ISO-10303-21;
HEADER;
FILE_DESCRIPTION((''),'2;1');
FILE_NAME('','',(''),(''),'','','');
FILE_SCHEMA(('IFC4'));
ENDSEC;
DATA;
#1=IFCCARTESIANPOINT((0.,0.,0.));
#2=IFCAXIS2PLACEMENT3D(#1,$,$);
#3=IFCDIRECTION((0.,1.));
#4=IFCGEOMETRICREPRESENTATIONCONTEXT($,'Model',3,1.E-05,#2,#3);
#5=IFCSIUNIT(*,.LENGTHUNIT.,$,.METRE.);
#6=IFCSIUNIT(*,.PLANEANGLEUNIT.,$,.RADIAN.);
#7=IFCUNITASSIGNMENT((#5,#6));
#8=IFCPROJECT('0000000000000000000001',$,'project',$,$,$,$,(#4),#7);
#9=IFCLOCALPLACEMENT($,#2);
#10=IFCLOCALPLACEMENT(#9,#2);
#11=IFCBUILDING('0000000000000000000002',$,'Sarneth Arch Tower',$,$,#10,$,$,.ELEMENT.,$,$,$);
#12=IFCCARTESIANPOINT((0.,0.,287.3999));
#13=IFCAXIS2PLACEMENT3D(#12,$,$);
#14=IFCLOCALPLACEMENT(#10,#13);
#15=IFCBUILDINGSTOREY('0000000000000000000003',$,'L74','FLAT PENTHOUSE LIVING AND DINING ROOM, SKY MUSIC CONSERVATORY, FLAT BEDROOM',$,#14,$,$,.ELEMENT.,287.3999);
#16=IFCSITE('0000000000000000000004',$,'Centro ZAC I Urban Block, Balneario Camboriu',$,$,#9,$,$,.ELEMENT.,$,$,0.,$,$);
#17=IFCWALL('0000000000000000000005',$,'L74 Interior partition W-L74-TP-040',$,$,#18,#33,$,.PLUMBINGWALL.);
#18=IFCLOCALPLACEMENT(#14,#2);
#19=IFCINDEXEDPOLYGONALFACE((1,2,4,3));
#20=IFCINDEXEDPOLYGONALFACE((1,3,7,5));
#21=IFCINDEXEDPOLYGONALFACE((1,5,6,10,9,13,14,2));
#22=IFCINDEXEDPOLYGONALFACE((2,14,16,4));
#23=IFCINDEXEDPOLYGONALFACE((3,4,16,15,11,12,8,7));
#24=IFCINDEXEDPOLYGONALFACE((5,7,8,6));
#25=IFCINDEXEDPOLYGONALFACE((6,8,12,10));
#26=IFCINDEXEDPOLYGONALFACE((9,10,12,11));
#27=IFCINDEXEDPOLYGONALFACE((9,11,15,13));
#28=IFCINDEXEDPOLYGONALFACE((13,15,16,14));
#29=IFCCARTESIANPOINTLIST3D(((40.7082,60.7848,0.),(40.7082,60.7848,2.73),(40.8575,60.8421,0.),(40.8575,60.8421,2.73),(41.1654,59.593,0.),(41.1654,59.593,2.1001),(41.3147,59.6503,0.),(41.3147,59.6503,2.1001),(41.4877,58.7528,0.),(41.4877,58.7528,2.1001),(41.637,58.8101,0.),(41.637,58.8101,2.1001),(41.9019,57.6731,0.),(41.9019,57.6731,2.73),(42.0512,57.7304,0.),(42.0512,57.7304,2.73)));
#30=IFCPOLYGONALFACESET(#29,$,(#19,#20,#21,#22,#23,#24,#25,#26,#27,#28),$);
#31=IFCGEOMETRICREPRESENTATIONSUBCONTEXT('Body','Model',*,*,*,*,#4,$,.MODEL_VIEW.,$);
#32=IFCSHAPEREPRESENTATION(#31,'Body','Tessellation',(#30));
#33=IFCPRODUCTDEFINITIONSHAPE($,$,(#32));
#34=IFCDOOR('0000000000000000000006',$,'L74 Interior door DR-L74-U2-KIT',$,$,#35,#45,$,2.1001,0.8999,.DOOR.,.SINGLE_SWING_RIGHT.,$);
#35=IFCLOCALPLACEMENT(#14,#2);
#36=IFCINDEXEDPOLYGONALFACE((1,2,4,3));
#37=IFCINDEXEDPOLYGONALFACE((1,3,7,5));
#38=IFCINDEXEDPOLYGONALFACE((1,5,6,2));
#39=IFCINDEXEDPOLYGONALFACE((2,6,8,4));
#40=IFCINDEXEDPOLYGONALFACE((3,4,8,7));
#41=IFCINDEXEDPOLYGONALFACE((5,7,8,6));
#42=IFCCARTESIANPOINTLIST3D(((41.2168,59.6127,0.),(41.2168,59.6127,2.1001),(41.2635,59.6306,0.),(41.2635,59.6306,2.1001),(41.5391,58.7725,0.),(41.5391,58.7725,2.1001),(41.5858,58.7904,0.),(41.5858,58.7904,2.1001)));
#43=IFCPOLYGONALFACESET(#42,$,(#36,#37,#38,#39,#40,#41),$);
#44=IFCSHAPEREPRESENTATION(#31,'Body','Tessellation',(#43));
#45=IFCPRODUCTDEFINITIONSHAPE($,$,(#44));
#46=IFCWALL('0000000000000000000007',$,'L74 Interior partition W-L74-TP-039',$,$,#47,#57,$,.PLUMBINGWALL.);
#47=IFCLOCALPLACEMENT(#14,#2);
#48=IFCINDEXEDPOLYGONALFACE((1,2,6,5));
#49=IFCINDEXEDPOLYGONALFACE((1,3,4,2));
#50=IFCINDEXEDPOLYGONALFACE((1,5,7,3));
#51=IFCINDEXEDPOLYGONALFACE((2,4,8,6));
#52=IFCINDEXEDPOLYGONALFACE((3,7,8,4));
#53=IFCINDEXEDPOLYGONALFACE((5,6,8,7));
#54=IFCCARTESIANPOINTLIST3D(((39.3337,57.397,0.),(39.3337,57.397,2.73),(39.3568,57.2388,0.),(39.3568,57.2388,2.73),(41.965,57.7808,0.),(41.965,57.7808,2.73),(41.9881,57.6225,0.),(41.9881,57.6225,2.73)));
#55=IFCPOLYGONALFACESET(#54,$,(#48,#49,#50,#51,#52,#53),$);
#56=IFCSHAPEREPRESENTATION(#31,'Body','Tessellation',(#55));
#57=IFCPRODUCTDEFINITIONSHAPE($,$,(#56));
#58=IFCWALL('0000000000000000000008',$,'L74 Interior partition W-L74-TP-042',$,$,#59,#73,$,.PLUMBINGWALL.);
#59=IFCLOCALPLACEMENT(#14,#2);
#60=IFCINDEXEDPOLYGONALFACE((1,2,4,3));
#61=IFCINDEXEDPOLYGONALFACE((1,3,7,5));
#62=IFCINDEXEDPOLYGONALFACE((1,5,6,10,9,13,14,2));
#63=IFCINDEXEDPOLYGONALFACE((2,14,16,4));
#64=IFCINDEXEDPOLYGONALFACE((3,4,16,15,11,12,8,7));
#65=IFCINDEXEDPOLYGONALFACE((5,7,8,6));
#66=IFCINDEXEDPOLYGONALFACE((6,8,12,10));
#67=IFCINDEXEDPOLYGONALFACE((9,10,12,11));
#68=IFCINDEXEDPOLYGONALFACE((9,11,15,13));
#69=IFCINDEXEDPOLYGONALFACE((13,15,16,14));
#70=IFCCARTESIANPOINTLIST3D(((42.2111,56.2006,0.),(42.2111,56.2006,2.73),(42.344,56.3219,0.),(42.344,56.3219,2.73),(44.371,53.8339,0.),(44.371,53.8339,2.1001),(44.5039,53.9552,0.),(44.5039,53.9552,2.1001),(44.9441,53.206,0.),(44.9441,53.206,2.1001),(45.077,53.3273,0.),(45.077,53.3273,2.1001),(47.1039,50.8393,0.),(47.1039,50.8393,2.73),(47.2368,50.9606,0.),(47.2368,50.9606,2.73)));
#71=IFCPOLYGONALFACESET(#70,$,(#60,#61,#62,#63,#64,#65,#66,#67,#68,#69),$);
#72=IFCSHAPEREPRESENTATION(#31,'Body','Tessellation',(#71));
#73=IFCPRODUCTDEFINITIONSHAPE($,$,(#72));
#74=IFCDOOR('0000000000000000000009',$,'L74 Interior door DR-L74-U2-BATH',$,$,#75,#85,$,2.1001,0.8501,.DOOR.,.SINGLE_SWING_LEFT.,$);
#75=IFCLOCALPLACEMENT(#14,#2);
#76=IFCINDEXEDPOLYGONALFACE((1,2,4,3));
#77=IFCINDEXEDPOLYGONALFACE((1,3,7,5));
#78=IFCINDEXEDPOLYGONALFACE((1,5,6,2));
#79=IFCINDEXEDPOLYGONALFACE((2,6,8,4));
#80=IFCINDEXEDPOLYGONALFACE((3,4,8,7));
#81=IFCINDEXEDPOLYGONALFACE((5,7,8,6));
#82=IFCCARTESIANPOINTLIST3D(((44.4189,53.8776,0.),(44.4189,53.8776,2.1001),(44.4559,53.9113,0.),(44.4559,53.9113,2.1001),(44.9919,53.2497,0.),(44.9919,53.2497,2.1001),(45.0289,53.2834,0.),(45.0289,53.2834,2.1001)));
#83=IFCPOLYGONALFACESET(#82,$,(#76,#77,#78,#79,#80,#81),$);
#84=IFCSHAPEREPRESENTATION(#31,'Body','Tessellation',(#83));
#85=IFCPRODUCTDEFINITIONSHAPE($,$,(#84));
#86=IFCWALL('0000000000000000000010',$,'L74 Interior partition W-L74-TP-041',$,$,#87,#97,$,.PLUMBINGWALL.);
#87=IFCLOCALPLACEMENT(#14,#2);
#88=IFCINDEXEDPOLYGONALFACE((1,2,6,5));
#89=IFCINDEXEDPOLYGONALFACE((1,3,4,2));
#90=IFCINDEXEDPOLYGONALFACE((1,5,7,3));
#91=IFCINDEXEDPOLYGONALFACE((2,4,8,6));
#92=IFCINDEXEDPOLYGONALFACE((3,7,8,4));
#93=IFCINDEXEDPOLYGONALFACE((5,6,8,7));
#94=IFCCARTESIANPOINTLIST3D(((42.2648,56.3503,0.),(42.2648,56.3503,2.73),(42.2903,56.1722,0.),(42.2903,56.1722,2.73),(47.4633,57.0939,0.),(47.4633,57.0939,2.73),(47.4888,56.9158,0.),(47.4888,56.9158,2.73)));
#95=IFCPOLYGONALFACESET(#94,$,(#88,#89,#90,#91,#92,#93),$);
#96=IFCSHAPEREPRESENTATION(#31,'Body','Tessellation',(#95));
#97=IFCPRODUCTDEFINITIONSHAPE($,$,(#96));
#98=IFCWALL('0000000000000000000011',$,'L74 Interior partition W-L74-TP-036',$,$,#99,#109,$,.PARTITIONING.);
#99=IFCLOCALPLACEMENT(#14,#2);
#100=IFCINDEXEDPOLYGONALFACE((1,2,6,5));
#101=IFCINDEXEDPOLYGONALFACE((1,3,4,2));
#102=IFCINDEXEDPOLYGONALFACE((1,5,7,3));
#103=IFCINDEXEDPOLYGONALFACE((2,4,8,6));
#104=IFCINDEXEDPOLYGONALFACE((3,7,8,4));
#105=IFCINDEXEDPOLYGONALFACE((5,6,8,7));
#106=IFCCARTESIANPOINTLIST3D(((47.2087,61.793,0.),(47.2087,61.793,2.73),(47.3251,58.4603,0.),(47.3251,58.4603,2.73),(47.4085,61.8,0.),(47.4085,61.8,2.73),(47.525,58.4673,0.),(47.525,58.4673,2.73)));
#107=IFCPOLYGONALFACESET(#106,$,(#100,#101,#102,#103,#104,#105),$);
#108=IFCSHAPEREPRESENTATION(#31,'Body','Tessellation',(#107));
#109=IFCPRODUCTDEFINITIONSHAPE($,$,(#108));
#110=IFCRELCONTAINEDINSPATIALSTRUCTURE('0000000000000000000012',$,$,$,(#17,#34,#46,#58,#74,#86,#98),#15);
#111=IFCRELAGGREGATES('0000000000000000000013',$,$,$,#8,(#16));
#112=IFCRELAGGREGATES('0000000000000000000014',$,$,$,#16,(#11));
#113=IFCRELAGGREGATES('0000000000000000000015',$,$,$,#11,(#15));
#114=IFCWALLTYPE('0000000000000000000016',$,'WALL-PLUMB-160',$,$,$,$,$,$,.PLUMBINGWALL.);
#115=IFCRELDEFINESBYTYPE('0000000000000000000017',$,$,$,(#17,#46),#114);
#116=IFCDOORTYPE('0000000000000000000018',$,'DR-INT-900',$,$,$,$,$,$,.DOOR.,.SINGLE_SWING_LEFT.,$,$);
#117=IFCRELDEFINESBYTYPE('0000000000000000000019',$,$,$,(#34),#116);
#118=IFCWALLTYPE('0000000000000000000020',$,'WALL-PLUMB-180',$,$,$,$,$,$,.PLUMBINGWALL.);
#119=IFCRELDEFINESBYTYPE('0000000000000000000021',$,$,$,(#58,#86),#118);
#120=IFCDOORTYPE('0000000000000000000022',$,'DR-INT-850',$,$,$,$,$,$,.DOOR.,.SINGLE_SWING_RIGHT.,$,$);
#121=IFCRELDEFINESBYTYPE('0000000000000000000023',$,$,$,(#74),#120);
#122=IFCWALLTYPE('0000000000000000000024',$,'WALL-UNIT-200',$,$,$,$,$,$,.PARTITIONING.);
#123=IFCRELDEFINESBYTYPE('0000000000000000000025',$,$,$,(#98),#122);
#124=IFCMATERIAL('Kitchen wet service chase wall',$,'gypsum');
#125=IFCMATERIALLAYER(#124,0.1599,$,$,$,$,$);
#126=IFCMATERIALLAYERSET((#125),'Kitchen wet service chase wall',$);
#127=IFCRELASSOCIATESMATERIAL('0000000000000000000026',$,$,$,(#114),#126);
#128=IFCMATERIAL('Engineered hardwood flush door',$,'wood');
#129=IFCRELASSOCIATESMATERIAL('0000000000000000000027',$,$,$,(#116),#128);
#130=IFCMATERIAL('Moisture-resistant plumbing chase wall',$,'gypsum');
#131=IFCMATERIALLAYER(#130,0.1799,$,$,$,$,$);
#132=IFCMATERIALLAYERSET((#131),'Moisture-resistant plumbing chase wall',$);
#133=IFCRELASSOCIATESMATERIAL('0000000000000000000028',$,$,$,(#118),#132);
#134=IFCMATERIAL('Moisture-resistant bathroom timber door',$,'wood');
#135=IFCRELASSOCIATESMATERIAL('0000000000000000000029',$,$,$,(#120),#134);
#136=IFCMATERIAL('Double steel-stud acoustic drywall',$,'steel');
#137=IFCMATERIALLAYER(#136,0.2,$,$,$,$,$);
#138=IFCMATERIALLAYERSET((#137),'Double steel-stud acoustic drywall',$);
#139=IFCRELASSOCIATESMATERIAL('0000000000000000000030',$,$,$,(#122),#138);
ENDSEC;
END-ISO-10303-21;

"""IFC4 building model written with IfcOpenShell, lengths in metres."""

from ifc_helpers import new_model, si_unit, direction, frame, frame_2d, origin, place, context, subcontext, project, spatial, rectangle, extrude, material, layer, layer_set, type_object, element, fill, save


model = new_model("IFC4")

# Units and contexts
model_context = context("Model", 3, precision=1e-05, world=origin(), true_north=direction((0.0, 1.0)))
body_context = subcontext(model_context, "Body", "Model", "MODEL_VIEW")
ifc_project = project(units=[si_unit("LENGTHUNIT", "METRE"), si_unit("PLANEANGLEUNIT", "RADIAN")], contexts=[model_context])

# Site, building, storey
site_placement = place(None, origin())
site = spatial("IfcSite", under=ifc_project, at=site_placement, Name="Centro ZAC I Urban Block, Balneario Camboriu", CompositionType="ELEMENT", RefElevation=0.0)
building_placement = place(site_placement, origin())
building = spatial("IfcBuilding", under=site, at=building_placement, Name="Sarneth Arch Tower", CompositionType="ELEMENT")
storey_placement = place(building_placement, frame((0.0, 0.0, 287.3999)))
storey = spatial("IfcBuildingStorey", under=building, at=storey_placement, Name="L74", Description="FLAT PENTHOUSE LIVING AND DINING ROOM, SKY MUSIC CONSERVATORY, FLAT BEDROOM", CompositionType="ELEMENT", Elevation=287.3999)

# Shared definitions
ifc_material_1 = material(Name="Kitchen wet service chase wall", Category="gypsum")
ifc_layer_1 = layer(ifc_material_1, 0.1599)
ifc_layer_set_1 = layer_set([ifc_layer_1], Name="Kitchen wet service chase wall")
wall_type_1 = type_object("IfcWallType", Name="WALL-PLUMB-160", PredefinedType="PLUMBINGWALL", material=ifc_layer_set_1)

# Wall, opening, door
wall_1_placement = place(storey_placement, frame((41.9766, 57.7017, 0.0), z_axis=(0.0, 0.0, 1.0), x_axis=(-0.358154, 0.933662, 0.0)))
wall_1 = element("IfcWall", 1, at=wall_1_placement, inside=storey, type_object=wall_type_1, Name="L74 Interior partition W-L74-TP-040", PredefinedType="PLUMBINGWALL", context=body_context, shape_type="SweptSolid", body=[
    extrude(rectangle(XDim=3.3328, YDim=0.1599, at=frame_2d((1.6665, 0.0))), origin(), (0.0, 0.0, 1.0), 2.73),
])
opening_1_placement = place(wall_1_placement, frame((1.1565, 0.0, 0.0)))
opening_1 = element("IfcOpeningElement", 2, at=opening_1_placement, cuts=wall_1, PredefinedType="OPENING", context=body_context, shape_type="SweptSolid", body=[
    extrude(rectangle(XDim=0.8999, YDim=2.1001, at=frame_2d((0.45, 1.05))), frame((0.0, 0.0898, 0.0), z_axis=(0.0, -1.0, 0.0), x_axis=(1.0, 0.0, 0.0)), (0.0, 0.0, 1.0), 0.1799),
])
ifc_material_2 = material(Name="Engineered hardwood flush door", Category="wood")
door_type_1 = type_object("IfcDoorType", Name="DR-INT-900", OperationType="SINGLE_SWING_LEFT", PredefinedType="DOOR", material=ifc_material_2)
door_1_placement = place(opening_1_placement, origin())
door_1 = element("IfcDoor", 3, at=door_1_placement, inside=storey, type_object=door_type_1, Name="L74 Interior door DR-L74-U2-KIT", OperationType="SINGLE_SWING_RIGHT", OverallHeight=2.1001, OverallWidth=0.8999, PredefinedType="DOOR", context=body_context, shape_type="SweptSolid", body=[
    extrude(rectangle(XDim=0.8999, YDim=2.1001, at=frame_2d((0.45, 1.05))), frame((0.0, 0.0249, 0.0), z_axis=(0.0, -1.0, 0.0), x_axis=(1.0, 0.0, 0.0)), (0.0, 0.0, 1.0), 0.05),
])
fill(opening_1, door_1)

# Wall
wall_2_placement = place(storey_placement, frame((39.3452, 57.3179, 0.0), z_axis=(0.0, 0.0, 1.0), x_axis=(0.98953, 0.144326, 0.0)))
element("IfcWall", 4, at=wall_2_placement, inside=storey, type_object=wall_type_1, Name="L74 Interior partition W-L74-TP-039", PredefinedType="PLUMBINGWALL", context=body_context, shape_type="SweptSolid", body=[
    extrude(rectangle(XDim=2.6592, YDim=0.1599, at=frame_2d((1.3296, 0.0))), origin(), (0.0, 0.0, 1.0), 2.73),
])

# Wall, opening, door
ifc_material_3 = material(Name="Moisture-resistant plumbing chase wall", Category="gypsum")
ifc_layer_2 = layer(ifc_material_3, 0.1799)
ifc_layer_set_2 = layer_set([ifc_layer_2], Name="Moisture-resistant plumbing chase wall")
wall_type_2 = type_object("IfcWallType", Name="WALL-PLUMB-180", PredefinedType="PLUMBINGWALL", material=ifc_layer_set_2)
wall_3_placement = place(storey_placement, frame((42.2776, 56.2612, 0.0), z_axis=(0.0, 0.0, 1.0), x_axis=(0.674096, -0.738643, 0.0)))
wall_3 = element("IfcWall", 5, at=wall_3_placement, inside=storey, type_object=wall_type_2, Name="L74 Interior partition W-L74-TP-042", PredefinedType="PLUMBINGWALL", context=body_context, shape_type="SweptSolid", body=[
    extrude(rectangle(XDim=7.2583, YDim=0.1799, at=frame_2d((3.6292, 0.0))), origin(), (0.0, 0.0, 1.0), 2.73),
])
opening_2_placement = place(wall_3_placement, frame((3.2041, 0.0, 0.0)))
opening_2 = element("IfcOpeningElement", 6, at=opening_2_placement, cuts=wall_3, PredefinedType="OPENING", context=body_context, shape_type="SweptSolid", body=[
    extrude(rectangle(XDim=0.8501, YDim=2.1001, at=frame_2d((0.425, 1.05))), frame((0.0, 0.0999, 0.0), z_axis=(0.0, -1.0, 0.0), x_axis=(1.0, 0.0, 0.0)), (0.0, 0.0, 1.0), 0.2),
])
ifc_material_4 = material(Name="Moisture-resistant bathroom timber door", Category="wood")
door_type_2 = type_object("IfcDoorType", Name="DR-INT-850", OperationType="SINGLE_SWING_RIGHT", PredefinedType="DOOR", material=ifc_material_4)
door_2_placement = place(opening_2_placement, origin())
door_2 = element("IfcDoor", 7, at=door_2_placement, inside=storey, type_object=door_type_2, Name="L74 Interior door DR-L74-U2-BATH", OperationType="SINGLE_SWING_LEFT", OverallHeight=2.1001, OverallWidth=0.8501, PredefinedType="DOOR", context=body_context, shape_type="SweptSolid", body=[
    extrude(rectangle(XDim=0.8501, YDim=2.1001, at=frame_2d((0.425, 1.05))), frame((0.0, 0.0249, 0.0), z_axis=(0.0, -1.0, 0.0), x_axis=(1.0, 0.0, 0.0)), (0.0, 0.0, 1.0), 0.05),
])
fill(opening_2, door_2)

# Walls
wall_4_placement = place(storey_placement, frame((47.4761, 57.0049, 0.0), z_axis=(0.0, 0.0, 1.0), x_axis=(-0.989923, -0.14161, 0.0)))
element("IfcWall", 8, at=wall_4_placement, inside=storey, type_object=wall_type_2, Name="L74 Interior partition W-L74-TP-041", PredefinedType="PLUMBINGWALL", context=body_context, shape_type="SweptSolid", body=[
    extrude(rectangle(XDim=5.2515, YDim=0.1799, at=frame_2d((2.6257, 0.0))), origin(), (0.0, 0.0, 1.0), 2.73),
])
ifc_material_5 = material(Name="Double steel-stud acoustic drywall", Category="steel")
ifc_layer_3 = layer(ifc_material_5, 0.2)
ifc_layer_set_3 = layer_set([ifc_layer_3], Name="Double steel-stud acoustic drywall")
wall_type_3 = type_object("IfcWallType", Name="WALL-UNIT-200", PredefinedType="PARTITIONING", material=ifc_layer_set_3)
wall_5_placement = place(storey_placement, frame((47.3086, 61.7966, 0.0), z_axis=(0.0, 0.0, 1.0), x_axis=(0.034921, -0.99939, 0.0)))
element("IfcWall", 9, at=wall_5_placement, inside=storey, type_object=wall_type_3, Name="L74 Interior partition W-L74-TP-036", PredefinedType="PARTITIONING", context=body_context, shape_type="SweptSolid", body=[
    extrude(rectangle(XDim=3.3347, YDim=0.2, at=frame_2d((1.6675, 0.0))), origin(), (0.0, 0.0, 1.0), 2.73),
])

save(model, "model.ifc")
